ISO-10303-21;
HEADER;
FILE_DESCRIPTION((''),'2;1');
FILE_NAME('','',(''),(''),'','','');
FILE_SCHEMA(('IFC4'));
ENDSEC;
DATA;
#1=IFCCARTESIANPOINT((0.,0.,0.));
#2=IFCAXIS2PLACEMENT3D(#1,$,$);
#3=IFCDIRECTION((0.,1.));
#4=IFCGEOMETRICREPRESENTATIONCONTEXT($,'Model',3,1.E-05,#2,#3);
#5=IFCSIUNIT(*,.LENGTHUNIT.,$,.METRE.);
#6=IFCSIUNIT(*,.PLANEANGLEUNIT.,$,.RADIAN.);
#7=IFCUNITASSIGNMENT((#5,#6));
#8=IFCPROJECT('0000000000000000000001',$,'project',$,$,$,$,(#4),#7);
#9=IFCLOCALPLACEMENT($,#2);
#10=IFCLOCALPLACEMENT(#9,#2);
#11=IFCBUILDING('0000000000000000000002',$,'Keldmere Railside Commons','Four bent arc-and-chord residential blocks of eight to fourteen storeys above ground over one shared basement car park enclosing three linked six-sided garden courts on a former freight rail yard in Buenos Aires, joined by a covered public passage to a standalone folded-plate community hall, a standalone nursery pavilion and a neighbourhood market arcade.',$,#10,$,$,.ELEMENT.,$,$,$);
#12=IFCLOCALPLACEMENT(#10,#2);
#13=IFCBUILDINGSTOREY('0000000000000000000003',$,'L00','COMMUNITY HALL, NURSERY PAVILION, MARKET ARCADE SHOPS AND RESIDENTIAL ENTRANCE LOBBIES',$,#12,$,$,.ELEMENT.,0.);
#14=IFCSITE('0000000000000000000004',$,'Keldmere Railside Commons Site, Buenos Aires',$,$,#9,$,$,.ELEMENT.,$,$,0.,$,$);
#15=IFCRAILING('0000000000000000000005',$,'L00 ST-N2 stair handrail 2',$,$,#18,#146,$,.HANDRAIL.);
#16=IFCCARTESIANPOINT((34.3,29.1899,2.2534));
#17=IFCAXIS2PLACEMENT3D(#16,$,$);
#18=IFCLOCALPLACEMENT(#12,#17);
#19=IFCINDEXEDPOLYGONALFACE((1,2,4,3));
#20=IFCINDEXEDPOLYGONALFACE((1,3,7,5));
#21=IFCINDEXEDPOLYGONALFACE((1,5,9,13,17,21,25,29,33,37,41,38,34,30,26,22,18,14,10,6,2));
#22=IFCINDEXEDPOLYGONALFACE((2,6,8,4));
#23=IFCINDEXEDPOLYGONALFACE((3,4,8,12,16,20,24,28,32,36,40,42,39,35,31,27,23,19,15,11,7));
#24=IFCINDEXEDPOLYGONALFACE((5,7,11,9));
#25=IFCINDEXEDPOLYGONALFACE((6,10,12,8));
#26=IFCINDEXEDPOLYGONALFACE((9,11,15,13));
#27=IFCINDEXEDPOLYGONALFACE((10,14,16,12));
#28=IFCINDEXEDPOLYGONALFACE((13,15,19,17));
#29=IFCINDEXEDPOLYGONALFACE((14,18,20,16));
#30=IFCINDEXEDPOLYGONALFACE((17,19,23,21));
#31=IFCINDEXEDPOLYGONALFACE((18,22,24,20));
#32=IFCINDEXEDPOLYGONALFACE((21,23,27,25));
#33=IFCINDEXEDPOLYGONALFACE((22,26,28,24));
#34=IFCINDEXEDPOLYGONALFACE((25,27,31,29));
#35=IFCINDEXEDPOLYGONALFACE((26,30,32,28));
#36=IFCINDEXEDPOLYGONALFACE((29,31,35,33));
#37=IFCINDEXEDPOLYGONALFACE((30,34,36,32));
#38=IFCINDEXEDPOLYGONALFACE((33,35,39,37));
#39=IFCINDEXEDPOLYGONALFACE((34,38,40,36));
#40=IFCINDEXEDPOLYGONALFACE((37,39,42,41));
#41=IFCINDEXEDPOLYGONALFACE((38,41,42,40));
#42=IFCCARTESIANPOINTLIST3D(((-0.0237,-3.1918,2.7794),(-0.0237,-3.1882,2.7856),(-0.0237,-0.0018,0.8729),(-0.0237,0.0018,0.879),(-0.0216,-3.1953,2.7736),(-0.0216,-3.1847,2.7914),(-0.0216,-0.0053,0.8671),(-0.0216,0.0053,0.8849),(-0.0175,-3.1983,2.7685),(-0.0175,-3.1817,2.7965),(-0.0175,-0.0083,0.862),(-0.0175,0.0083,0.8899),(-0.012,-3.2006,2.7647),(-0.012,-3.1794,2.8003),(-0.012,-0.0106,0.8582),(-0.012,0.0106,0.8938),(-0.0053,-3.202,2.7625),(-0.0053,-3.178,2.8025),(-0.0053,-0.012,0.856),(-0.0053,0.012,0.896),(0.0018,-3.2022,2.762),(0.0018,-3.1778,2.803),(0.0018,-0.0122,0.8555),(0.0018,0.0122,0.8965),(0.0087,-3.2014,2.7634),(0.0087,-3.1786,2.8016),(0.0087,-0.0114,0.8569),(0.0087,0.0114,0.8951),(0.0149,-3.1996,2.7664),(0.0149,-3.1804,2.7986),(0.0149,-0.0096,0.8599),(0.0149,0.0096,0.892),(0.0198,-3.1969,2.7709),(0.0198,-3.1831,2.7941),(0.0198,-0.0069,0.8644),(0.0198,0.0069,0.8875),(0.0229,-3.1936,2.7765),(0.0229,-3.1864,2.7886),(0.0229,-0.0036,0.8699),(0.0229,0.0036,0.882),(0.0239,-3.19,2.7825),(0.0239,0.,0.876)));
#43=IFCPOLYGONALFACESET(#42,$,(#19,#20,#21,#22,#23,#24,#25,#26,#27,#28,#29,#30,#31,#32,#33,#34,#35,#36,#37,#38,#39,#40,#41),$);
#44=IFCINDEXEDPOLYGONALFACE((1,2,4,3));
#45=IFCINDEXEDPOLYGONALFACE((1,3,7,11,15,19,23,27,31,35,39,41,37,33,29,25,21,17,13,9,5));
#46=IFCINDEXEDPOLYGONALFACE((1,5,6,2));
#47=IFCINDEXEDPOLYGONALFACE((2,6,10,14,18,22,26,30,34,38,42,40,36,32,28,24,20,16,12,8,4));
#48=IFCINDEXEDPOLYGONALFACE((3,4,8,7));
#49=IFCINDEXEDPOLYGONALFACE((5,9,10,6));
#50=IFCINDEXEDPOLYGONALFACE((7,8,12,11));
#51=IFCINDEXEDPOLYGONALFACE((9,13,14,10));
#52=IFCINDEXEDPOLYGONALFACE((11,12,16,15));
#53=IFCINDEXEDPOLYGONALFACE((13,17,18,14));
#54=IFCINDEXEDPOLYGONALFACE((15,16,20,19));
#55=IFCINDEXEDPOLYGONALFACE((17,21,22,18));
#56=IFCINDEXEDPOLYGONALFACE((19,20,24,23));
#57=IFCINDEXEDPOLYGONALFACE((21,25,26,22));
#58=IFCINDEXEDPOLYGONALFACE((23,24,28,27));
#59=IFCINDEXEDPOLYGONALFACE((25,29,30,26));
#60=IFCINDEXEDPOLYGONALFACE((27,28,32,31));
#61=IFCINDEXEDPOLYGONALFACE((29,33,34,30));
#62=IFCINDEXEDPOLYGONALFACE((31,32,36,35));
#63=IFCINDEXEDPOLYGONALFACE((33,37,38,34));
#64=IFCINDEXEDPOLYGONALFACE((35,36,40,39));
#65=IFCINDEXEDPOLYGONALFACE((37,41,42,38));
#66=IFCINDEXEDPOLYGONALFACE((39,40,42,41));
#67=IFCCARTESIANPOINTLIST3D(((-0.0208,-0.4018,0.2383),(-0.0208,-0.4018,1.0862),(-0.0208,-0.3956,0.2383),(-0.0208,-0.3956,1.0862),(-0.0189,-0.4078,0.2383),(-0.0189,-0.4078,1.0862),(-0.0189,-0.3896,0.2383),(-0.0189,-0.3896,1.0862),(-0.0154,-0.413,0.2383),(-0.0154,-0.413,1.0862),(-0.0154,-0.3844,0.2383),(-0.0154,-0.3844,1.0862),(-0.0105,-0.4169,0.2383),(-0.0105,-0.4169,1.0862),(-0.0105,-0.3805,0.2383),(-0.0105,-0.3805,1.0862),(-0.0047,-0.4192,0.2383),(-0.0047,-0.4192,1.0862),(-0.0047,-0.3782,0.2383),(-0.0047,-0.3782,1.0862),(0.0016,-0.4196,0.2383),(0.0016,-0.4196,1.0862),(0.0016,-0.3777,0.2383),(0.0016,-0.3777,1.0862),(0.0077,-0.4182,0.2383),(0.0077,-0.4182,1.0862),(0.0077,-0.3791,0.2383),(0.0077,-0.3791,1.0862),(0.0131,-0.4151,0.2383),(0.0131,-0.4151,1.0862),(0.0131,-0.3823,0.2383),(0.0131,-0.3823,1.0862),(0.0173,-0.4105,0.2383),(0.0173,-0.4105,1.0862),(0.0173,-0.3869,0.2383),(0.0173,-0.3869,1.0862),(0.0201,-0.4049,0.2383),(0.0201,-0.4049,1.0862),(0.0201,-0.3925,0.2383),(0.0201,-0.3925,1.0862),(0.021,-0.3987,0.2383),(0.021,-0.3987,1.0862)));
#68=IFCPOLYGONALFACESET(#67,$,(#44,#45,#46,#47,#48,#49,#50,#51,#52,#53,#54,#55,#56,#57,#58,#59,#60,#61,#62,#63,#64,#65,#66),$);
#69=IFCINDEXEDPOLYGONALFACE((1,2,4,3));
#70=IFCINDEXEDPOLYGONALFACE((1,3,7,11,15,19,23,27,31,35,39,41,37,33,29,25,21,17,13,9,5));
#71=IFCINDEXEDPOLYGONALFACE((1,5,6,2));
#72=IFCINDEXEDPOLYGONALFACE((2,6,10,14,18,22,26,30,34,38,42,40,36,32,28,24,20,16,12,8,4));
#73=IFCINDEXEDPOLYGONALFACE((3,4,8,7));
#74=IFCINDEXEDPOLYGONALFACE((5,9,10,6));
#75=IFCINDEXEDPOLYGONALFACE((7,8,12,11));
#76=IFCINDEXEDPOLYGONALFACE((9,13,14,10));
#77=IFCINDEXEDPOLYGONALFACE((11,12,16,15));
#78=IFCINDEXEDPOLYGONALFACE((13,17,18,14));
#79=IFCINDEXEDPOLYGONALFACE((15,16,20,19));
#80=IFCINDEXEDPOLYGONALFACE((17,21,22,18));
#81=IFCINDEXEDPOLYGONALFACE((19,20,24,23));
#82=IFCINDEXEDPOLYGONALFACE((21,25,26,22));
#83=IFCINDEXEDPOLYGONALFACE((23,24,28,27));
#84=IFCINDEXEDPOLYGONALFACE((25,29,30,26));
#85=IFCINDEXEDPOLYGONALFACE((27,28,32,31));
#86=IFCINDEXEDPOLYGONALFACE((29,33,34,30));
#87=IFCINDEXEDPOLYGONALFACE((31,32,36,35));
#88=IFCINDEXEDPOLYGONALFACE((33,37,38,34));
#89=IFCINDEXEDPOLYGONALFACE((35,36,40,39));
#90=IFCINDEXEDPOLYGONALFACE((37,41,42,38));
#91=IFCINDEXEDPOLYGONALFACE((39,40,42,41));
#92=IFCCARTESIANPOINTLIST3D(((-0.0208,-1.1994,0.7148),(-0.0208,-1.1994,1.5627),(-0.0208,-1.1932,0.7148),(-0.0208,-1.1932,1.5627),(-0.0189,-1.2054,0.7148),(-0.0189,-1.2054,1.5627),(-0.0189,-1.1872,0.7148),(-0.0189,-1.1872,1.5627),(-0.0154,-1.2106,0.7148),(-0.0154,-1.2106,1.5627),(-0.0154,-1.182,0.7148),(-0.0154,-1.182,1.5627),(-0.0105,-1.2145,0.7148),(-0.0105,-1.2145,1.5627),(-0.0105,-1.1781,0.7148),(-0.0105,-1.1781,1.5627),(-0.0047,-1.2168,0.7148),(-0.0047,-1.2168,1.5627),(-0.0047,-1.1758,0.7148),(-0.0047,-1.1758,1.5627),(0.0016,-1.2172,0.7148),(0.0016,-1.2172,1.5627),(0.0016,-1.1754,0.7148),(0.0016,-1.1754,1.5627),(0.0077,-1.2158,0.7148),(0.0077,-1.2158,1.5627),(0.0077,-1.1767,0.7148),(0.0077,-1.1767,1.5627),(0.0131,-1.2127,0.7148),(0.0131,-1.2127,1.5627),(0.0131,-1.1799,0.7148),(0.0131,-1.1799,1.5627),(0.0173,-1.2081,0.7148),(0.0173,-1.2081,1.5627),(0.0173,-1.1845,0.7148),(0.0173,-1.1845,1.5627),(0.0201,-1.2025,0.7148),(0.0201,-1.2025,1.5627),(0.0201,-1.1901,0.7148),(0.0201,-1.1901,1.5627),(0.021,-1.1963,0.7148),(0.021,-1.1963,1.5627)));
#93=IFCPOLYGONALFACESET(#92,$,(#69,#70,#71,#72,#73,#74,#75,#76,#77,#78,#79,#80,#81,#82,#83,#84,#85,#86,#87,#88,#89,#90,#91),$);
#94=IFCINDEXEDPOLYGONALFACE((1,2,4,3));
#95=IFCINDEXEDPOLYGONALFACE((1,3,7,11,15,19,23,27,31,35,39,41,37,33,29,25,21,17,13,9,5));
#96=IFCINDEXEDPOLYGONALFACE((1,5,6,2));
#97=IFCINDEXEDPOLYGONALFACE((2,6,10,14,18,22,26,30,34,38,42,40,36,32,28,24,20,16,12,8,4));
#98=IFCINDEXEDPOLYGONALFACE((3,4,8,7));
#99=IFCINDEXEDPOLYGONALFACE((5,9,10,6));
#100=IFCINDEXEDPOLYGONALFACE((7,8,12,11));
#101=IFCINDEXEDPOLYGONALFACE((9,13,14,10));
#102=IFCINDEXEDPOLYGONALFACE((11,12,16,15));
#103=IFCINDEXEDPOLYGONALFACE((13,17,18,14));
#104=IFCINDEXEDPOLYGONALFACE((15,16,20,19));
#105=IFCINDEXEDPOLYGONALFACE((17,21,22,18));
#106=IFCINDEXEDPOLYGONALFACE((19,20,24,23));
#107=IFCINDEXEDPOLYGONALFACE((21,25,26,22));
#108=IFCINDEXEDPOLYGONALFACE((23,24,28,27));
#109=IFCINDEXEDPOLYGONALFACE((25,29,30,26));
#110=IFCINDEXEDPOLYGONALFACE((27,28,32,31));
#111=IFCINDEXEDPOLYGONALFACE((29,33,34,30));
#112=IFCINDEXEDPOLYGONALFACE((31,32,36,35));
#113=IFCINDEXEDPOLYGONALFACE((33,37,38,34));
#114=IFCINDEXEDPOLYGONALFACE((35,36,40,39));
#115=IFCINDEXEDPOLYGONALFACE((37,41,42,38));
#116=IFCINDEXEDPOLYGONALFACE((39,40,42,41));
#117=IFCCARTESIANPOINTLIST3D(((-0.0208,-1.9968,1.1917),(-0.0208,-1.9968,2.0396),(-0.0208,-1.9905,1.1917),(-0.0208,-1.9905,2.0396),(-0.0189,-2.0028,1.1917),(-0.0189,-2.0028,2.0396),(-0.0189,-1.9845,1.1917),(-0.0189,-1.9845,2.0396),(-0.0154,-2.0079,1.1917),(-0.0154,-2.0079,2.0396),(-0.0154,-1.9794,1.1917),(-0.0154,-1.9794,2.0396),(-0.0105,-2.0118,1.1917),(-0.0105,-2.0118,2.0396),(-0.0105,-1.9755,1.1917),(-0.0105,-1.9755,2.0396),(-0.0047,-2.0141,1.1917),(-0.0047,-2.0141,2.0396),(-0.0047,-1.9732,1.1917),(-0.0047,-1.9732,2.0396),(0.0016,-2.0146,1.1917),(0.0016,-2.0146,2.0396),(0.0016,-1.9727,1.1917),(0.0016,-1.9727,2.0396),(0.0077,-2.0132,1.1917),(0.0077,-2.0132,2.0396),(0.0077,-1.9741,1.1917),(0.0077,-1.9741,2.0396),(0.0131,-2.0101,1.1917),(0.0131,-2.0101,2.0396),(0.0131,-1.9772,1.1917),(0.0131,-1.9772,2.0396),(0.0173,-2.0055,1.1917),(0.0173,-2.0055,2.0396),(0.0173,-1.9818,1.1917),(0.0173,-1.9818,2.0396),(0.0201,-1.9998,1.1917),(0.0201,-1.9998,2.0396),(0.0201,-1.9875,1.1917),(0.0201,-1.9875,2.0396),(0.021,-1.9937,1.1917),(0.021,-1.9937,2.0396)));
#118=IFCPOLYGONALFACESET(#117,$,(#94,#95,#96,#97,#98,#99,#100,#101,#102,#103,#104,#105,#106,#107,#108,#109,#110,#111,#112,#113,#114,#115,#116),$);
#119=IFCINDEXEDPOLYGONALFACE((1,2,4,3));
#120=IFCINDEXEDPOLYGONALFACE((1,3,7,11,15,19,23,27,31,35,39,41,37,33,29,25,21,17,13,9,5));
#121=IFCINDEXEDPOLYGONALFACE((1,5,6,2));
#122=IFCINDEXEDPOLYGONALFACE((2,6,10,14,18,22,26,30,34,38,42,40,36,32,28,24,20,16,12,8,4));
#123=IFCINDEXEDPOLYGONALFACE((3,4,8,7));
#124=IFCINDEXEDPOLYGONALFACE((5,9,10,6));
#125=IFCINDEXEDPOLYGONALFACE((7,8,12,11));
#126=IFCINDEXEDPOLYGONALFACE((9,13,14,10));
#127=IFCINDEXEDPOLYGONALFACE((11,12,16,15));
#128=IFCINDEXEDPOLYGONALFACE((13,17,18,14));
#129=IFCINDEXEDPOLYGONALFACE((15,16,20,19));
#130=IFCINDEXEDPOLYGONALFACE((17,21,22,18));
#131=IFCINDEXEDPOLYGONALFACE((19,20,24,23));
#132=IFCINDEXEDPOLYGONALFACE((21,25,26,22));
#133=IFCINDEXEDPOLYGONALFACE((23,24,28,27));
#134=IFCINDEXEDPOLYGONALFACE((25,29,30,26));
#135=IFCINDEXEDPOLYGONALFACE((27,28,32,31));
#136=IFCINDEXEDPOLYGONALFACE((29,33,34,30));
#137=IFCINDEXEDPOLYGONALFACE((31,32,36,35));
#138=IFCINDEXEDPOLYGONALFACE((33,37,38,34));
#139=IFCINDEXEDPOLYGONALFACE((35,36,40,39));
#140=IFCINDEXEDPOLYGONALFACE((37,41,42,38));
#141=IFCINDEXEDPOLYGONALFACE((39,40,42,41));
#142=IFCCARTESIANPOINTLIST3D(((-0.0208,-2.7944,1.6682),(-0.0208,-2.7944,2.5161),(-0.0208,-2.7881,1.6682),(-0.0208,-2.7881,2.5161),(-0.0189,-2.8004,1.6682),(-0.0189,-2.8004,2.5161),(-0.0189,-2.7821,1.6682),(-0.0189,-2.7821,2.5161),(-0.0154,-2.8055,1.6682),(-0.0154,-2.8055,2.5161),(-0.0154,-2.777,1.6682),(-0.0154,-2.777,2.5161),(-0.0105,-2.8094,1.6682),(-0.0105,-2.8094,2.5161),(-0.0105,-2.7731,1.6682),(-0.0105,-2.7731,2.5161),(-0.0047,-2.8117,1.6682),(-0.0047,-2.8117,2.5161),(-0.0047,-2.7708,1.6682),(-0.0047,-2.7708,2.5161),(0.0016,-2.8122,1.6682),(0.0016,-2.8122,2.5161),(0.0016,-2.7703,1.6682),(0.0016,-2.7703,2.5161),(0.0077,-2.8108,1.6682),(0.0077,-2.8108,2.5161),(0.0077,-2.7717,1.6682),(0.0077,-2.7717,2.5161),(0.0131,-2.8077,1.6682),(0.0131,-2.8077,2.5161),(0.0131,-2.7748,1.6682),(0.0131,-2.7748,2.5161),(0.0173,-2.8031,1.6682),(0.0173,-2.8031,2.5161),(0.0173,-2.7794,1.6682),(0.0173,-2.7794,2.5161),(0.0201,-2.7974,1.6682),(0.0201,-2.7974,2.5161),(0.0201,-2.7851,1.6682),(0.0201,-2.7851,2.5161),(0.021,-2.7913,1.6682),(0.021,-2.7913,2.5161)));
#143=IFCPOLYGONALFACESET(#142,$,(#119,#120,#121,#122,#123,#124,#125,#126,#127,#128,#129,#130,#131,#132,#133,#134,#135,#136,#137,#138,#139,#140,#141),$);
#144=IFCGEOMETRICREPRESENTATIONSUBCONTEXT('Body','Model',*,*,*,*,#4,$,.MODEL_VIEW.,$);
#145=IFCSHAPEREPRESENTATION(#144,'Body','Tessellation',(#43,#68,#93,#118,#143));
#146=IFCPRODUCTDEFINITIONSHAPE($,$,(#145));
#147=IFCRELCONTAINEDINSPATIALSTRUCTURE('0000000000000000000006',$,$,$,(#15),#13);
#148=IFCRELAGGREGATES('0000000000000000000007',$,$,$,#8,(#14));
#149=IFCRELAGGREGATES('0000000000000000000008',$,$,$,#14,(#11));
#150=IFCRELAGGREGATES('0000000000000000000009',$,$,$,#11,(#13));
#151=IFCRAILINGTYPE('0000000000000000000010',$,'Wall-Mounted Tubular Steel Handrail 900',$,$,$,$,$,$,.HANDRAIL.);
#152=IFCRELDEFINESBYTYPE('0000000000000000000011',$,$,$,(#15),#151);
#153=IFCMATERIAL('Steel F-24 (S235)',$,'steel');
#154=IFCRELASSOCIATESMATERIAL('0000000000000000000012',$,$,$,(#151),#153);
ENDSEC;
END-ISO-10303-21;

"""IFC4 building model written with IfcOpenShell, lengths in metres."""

from ifc_helpers import new_model, si_unit, direction, frame, origin, origin_2d, place, context, subcontext, project, spatial, circle, extrude, material, type_object, element, save


model = new_model("IFC4")

# Units and contexts
model_context = context("Model", 3, precision=1e-05, world=origin(), true_north=direction((0.0, 1.0)))
body_context = subcontext(model_context, "Body", "Model", "MODEL_VIEW")
ifc_project = project(units=[si_unit("LENGTHUNIT", "METRE"), si_unit("PLANEANGLEUNIT", "RADIAN")], contexts=[model_context])

# Site, building, storey
site_placement = place(None, origin())
site = spatial("IfcSite", under=ifc_project, at=site_placement, Name="Keldmere Railside Commons Site, Buenos Aires", CompositionType="ELEMENT", RefElevation=0.0)
building_placement = place(site_placement, origin())
building = spatial("IfcBuilding", under=site, at=building_placement, Name="Keldmere Railside Commons", Description="Four bent arc-and-chord residential blocks of eight to fourteen storeys above ground over one shared basement car park enclosing three linked six-sided garden courts on a former freight rail yard in Buenos Aires, joined by a covered public passage to a standalone folded-plate community hall, a standalone nursery pavilion and a neighbourhood market arcade.", CompositionType="ELEMENT")
storey_placement = place(building_placement, origin())
storey = spatial("IfcBuildingStorey", under=building, at=storey_placement, Name="L00", Description="COMMUNITY HALL, NURSERY PAVILION, MARKET ARCADE SHOPS AND RESIDENTIAL ENTRANCE LOBBIES", CompositionType="ELEMENT", Elevation=0.0)

# Shared definitions
ifc_material_1 = material(Name="Steel F-24 (S235)", Category="steel")

# Railing
railing_type_1 = type_object("IfcRailingType", Name="Wall-Mounted Tubular Steel Handrail 900", PredefinedType="HANDRAIL", material=ifc_material_1)
railing_1_placement = place(storey_placement, frame((34.3, 29.1899, 2.2534)))
element("IfcRailing", 1, at=railing_1_placement, inside=storey, type_object=railing_type_1, Name="L00 ST-N2 stair handrail 2", PredefinedType="HANDRAIL", context=body_context, shape_type="SweptSolid", body=[
    extrude(circle(Radius=0.0239, at=origin_2d()), frame((0.0, 0.0, 0.876), z_axis=(0.0, -0.858379, 0.513017), x_axis=(1.0, 0.0, 0.0)), (0.0, 0.0, 1.0), 3.7163),
    extrude(circle(Radius=0.021, at=origin_2d()), frame((0.0, -0.3987, 0.2383)), (0.0, 0.0, 1.0), 0.8479),
    extrude(circle(Radius=0.021, at=origin_2d()), frame((0.0, -1.1963, 0.7148)), (0.0, 0.0, 1.0), 0.8479),
    extrude(circle(Radius=0.021, at=origin_2d()), frame((0.0, -1.9937, 1.1917)), (0.0, 0.0, 1.0), 0.8479),
    extrude(circle(Radius=0.021, at=origin_2d()), frame((0.0, -2.7913, 1.6682)), (0.0, 0.0, 1.0), 0.8479),
])

save(model, "model.ifc")
